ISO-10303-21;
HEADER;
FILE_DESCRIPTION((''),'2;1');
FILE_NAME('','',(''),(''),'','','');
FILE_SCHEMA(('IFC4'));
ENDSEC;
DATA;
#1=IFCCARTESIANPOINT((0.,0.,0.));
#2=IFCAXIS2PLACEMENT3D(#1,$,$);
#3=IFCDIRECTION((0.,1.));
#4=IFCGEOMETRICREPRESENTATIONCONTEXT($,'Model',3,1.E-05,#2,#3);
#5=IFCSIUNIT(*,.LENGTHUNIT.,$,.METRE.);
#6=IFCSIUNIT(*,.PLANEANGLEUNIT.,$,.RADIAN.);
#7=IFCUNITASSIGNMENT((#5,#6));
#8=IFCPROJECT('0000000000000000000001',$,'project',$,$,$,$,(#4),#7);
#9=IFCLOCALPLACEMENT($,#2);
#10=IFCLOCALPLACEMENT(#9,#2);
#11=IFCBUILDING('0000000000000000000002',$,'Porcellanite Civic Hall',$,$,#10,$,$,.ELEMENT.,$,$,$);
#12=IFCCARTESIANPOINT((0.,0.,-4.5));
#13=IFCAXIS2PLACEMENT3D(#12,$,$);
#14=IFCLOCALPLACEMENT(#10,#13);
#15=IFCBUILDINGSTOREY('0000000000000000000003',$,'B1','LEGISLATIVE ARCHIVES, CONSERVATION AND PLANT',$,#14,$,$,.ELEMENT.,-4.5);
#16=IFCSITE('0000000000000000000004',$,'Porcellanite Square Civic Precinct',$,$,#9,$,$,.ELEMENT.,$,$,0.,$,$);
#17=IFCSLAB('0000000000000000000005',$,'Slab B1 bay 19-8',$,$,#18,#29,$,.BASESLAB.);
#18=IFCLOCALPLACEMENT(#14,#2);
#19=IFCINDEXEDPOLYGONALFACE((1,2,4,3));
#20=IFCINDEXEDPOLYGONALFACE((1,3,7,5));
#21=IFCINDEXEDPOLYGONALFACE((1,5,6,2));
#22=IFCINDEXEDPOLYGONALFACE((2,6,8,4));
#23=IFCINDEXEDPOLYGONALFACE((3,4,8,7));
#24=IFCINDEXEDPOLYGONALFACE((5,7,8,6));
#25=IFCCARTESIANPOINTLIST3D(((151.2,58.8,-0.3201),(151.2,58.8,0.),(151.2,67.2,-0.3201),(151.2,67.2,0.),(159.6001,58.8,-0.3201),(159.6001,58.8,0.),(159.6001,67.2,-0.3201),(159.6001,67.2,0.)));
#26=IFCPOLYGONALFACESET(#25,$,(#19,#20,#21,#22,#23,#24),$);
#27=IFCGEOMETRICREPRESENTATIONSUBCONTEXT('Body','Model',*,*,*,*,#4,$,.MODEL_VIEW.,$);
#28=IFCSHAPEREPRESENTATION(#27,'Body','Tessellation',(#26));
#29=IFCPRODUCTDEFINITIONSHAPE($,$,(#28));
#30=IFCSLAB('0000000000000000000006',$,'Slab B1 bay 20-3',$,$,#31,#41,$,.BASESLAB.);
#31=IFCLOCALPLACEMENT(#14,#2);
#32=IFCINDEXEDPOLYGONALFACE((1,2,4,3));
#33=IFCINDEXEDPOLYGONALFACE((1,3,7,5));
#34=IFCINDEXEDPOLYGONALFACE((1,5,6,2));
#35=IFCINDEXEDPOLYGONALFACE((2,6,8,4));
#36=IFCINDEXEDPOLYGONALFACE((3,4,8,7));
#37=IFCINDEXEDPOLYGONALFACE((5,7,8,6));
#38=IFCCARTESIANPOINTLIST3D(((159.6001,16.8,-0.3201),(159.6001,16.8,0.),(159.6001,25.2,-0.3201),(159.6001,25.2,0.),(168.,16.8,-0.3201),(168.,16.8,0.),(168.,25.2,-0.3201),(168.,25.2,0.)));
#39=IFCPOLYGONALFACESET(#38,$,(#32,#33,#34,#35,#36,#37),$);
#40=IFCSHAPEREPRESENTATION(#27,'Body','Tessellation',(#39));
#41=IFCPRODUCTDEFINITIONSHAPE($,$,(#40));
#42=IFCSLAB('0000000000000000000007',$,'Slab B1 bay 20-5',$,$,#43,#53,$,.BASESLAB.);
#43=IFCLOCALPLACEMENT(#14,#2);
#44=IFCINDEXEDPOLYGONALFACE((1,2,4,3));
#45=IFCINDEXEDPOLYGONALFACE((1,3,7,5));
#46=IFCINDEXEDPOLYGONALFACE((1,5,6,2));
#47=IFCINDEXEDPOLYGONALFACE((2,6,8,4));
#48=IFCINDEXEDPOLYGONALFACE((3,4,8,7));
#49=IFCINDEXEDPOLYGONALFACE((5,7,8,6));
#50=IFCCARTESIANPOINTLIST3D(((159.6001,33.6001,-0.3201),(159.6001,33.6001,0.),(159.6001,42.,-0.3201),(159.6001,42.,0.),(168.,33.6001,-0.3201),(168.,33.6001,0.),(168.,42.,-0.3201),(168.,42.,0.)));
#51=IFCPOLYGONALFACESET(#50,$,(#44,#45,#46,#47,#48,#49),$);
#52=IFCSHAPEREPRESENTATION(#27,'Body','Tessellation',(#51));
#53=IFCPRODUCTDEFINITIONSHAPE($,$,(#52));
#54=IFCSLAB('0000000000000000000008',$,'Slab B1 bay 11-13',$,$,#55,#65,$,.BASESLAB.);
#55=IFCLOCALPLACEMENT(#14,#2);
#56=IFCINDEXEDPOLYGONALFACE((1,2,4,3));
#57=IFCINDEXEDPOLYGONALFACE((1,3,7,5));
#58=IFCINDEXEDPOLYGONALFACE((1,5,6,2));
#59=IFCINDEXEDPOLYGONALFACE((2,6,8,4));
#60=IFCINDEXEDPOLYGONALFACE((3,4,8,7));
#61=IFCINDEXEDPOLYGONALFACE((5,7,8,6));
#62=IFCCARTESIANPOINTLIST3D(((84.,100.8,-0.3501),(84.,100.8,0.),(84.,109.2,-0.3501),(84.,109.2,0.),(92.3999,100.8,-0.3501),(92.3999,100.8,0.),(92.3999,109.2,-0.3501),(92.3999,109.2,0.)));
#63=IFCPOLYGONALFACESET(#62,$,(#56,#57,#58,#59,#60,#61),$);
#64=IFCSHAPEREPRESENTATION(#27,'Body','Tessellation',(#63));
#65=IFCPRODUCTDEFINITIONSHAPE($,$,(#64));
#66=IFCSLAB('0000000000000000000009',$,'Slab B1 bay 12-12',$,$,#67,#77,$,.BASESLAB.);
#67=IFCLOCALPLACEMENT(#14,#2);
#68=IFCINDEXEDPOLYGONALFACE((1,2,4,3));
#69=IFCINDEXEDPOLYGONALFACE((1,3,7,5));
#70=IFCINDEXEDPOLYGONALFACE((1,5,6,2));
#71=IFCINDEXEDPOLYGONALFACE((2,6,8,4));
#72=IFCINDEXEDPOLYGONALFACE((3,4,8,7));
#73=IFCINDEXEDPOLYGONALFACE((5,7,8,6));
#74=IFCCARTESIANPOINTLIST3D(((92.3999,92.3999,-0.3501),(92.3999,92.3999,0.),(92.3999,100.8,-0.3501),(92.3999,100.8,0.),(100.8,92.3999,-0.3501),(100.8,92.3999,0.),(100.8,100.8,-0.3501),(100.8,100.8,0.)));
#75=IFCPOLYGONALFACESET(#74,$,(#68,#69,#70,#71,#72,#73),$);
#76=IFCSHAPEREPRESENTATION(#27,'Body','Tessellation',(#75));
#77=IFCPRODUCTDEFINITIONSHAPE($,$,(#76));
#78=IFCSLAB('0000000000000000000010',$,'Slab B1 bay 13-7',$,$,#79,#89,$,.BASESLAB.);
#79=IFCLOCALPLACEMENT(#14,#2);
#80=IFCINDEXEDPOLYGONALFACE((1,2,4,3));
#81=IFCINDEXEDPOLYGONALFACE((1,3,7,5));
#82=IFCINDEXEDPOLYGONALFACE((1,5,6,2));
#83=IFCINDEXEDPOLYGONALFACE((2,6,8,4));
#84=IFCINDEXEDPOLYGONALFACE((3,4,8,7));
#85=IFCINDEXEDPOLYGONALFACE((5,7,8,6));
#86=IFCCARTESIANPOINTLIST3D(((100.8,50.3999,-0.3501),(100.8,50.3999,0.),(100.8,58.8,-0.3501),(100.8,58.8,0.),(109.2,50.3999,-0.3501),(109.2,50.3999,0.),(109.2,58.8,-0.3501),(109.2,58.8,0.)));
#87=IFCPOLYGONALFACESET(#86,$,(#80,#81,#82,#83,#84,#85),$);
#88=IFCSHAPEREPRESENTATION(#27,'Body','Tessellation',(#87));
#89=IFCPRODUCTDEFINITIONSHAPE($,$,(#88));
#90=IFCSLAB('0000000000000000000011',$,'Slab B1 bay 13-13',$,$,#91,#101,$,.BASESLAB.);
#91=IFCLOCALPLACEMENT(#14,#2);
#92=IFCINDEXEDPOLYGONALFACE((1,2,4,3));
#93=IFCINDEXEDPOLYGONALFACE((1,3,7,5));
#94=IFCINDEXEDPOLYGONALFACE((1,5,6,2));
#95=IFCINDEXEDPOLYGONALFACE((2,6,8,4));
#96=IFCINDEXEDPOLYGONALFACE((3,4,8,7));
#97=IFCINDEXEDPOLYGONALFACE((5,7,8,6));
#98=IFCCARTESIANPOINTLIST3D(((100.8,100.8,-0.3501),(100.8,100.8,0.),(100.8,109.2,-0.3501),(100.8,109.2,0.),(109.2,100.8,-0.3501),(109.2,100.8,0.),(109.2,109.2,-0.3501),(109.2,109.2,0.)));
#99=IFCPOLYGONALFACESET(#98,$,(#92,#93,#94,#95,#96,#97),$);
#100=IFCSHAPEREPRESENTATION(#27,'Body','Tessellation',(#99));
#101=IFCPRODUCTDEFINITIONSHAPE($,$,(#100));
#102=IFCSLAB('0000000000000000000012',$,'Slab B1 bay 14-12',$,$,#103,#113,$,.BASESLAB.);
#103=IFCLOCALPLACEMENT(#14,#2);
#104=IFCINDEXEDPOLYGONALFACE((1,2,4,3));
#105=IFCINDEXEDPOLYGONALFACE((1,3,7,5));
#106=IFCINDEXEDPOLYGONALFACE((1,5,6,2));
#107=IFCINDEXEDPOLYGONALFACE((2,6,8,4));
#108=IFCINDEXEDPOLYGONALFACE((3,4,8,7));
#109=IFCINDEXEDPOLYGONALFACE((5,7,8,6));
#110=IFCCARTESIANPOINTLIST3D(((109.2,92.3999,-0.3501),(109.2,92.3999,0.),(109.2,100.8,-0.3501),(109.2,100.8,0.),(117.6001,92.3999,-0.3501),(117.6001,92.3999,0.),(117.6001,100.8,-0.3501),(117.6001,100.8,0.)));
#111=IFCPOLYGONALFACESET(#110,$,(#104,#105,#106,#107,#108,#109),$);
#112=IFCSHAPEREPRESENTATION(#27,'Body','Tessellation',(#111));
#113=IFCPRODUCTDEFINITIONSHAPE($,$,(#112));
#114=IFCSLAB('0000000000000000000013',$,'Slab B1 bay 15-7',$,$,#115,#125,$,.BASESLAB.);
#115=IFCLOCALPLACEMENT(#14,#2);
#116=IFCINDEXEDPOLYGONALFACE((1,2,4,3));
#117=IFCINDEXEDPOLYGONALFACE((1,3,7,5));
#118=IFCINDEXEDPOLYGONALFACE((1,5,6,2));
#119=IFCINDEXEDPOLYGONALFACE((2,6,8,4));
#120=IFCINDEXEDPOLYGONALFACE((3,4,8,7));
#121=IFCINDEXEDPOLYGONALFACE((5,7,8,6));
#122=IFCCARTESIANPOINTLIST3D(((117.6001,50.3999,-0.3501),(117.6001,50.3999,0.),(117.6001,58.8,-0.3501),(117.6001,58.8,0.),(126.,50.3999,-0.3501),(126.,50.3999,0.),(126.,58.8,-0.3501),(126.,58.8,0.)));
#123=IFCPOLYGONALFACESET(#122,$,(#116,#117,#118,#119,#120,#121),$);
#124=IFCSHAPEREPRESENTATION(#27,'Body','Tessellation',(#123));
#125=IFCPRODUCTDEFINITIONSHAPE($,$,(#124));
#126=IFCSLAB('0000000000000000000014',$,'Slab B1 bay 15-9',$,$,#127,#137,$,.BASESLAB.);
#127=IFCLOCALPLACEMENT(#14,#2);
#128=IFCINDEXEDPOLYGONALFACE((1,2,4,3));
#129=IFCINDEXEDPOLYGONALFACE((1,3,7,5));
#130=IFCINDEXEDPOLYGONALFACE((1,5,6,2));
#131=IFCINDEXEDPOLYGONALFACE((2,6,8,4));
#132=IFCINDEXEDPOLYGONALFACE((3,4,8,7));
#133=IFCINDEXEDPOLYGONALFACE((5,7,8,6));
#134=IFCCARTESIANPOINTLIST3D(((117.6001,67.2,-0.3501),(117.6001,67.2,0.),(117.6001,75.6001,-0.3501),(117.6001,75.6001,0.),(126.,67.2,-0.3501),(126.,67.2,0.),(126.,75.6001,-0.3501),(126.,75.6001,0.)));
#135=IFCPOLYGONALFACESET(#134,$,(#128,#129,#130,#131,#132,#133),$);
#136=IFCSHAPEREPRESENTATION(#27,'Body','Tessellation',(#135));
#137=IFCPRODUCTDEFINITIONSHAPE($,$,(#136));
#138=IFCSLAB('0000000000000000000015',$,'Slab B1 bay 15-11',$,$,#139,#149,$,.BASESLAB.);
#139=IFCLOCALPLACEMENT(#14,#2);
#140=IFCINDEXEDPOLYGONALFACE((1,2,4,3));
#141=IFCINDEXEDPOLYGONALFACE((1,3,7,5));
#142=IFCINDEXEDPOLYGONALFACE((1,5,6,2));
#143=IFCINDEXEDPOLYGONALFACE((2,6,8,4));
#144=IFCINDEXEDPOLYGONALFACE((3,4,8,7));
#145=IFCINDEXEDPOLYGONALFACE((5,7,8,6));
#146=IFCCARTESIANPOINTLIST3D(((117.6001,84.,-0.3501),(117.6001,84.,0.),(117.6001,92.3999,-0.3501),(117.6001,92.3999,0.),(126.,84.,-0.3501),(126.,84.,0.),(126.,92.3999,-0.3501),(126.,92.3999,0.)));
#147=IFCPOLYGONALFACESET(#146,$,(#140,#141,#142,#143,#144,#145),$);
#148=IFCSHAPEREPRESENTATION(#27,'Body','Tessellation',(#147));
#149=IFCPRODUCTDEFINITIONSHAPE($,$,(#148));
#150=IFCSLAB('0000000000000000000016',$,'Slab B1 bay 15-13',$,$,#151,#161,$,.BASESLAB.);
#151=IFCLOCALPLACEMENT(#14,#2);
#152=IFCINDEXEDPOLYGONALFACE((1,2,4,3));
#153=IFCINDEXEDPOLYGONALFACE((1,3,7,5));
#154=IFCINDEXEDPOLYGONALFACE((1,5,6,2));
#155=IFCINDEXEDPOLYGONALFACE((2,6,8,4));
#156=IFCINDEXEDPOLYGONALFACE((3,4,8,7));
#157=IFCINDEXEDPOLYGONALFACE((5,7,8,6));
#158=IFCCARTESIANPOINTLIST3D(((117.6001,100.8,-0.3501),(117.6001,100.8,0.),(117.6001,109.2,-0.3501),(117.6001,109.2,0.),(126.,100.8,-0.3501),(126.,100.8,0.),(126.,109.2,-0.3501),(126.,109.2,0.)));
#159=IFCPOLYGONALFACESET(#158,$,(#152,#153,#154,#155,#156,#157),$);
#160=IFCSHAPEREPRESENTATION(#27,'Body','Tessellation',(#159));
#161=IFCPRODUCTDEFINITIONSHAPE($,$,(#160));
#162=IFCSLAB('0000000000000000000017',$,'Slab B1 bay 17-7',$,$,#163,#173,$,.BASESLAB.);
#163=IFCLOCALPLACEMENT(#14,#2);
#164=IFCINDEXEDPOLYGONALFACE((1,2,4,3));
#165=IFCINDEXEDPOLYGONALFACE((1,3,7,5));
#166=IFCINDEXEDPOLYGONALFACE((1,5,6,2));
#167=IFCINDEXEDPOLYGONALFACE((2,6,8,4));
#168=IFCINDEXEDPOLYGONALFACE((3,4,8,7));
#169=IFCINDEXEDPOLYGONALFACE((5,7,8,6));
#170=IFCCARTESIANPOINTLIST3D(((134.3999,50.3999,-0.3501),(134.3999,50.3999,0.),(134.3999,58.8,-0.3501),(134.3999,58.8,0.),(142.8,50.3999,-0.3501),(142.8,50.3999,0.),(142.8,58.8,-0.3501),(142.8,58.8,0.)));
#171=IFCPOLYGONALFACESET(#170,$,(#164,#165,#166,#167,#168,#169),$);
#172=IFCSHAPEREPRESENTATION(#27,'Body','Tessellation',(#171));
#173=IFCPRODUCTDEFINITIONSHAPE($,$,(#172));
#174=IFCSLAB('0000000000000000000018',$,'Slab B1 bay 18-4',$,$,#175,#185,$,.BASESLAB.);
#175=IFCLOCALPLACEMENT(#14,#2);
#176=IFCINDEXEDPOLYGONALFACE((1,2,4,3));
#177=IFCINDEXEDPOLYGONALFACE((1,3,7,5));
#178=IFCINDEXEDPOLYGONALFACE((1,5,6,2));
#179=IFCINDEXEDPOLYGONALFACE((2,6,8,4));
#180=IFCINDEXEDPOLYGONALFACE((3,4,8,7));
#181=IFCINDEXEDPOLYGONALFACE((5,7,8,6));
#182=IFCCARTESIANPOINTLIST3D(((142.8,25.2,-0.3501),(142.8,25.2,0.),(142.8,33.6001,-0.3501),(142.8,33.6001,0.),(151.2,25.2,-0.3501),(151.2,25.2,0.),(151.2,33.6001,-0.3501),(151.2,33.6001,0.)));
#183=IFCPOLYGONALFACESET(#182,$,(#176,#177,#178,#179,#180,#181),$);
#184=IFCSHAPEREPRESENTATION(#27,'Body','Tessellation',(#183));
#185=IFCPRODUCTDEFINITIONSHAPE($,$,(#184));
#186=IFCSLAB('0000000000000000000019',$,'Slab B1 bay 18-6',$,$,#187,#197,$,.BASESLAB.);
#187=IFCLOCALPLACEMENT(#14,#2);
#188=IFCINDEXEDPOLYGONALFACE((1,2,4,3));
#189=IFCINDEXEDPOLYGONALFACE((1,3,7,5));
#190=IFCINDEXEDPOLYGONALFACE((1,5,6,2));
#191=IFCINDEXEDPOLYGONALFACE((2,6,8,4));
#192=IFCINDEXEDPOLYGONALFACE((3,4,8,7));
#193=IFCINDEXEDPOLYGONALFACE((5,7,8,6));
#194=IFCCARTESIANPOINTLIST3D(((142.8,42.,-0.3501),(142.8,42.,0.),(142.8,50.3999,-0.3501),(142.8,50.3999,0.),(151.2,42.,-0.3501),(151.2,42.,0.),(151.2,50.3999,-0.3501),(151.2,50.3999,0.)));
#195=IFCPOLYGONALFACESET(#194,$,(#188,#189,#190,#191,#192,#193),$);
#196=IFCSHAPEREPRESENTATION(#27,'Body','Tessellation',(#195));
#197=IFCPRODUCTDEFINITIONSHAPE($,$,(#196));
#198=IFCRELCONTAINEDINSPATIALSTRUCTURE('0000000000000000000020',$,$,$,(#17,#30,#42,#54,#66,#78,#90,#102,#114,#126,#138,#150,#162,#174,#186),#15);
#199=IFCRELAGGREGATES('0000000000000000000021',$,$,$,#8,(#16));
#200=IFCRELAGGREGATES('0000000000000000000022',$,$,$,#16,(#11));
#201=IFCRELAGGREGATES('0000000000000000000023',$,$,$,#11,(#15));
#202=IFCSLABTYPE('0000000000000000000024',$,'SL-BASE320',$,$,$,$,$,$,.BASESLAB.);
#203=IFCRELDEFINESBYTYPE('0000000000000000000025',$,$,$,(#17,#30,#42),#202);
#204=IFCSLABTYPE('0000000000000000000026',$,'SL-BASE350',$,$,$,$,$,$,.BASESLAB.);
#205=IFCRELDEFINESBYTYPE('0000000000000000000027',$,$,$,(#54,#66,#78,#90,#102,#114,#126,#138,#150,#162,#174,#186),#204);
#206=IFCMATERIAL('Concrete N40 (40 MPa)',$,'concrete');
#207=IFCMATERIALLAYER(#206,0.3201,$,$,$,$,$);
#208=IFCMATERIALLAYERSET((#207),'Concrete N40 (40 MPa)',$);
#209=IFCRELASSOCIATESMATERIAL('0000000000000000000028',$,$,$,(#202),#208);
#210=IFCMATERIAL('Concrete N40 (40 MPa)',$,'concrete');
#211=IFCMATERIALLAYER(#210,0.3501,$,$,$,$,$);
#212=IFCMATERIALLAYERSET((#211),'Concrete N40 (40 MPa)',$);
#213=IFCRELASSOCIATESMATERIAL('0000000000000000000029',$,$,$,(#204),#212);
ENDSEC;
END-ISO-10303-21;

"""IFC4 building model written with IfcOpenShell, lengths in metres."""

from ifc_helpers import new_model, si_unit, direction, frame, origin, place, context, subcontext, project, spatial, polyline, outline, extrude, material, layer, layer_set, type_object, element, save


model = new_model("IFC4")

# Units and contexts
model_context = context("Model", 3, precision=1e-05, world=origin(), true_north=direction((0.0, 1.0)))
body_context = subcontext(model_context, "Body", "Model", "MODEL_VIEW")
ifc_project = project(units=[si_unit("LENGTHUNIT", "METRE"), si_unit("PLANEANGLEUNIT", "RADIAN")], contexts=[model_context])

# Site, building, storey
site_placement = place(None, origin())
site = spatial("IfcSite", under=ifc_project, at=site_placement, Name="Porcellanite Square Civic Precinct", CompositionType="ELEMENT", RefElevation=0.0)
building_placement = place(site_placement, origin())
building = spatial("IfcBuilding", under=site, at=building_placement, Name="Porcellanite Civic Hall", CompositionType="ELEMENT")
storey_placement = place(building_placement, frame((0.0, 0.0, -4.5)))
storey = spatial("IfcBuildingStorey", under=building, at=storey_placement, Name="B1", Description="LEGISLATIVE ARCHIVES, CONSERVATION AND PLANT", CompositionType="ELEMENT", Elevation=-4.5)

# Slabs
ifc_material_1 = material(Name="Concrete N40 (40 MPa)", Category="concrete")
ifc_layer_1 = layer(ifc_material_1, 0.3201)
ifc_layer_set_1 = layer_set([ifc_layer_1], Name="Concrete N40 (40 MPa)")
slab_type_1 = type_object("IfcSlabType", Name="SL-BASE320", PredefinedType="BASESLAB", material=ifc_layer_set_1)
slab_1_placement = place(storey_placement, frame((0.0, 0.0, -0.3201)))
element("IfcSlab", 1, at=slab_1_placement, inside=storey, type_object=slab_type_1, Name="Slab B1 bay 19-8", PredefinedType="BASESLAB", context=body_context, shape_type="SweptSolid", body=[
    extrude(outline(polyline([(151.2, 58.8), (159.6001, 58.8), (159.6001, 67.2), (151.2, 67.2), (151.2, 58.8)])), origin(), (0.0, 0.0, 1.0), 0.3201),
])
slab_2_placement = place(storey_placement, frame((0.0, 0.0, -0.3201)))
element("IfcSlab", 2, at=slab_2_placement, inside=storey, type_object=slab_type_1, Name="Slab B1 bay 20-3", PredefinedType="BASESLAB", context=body_context, shape_type="SweptSolid", body=[
    extrude(outline(polyline([(159.6001, 16.8), (168.0, 16.8), (168.0, 25.2), (159.6001, 25.2), (159.6001, 16.8)])), origin(), (0.0, 0.0, 1.0), 0.3201),
])
slab_3_placement = place(storey_placement, frame((0.0, 0.0, -0.3201)))
element("IfcSlab", 3, at=slab_3_placement, inside=storey, type_object=slab_type_1, Name="Slab B1 bay 20-5", PredefinedType="BASESLAB", context=body_context, shape_type="SweptSolid", body=[
    extrude(outline(polyline([(159.6001, 33.6001), (168.0, 33.6001), (168.0, 42.0), (159.6001, 42.0), (159.6001, 33.6001)])), origin(), (0.0, 0.0, 1.0), 0.3201),
])
ifc_material_2 = material(Name="Concrete N40 (40 MPa)", Category="concrete")
ifc_layer_2 = layer(ifc_material_2, 0.3501)
ifc_layer_set_2 = layer_set([ifc_layer_2], Name="Concrete N40 (40 MPa)")
slab_type_2 = type_object("IfcSlabType", Name="SL-BASE350", PredefinedType="BASESLAB", material=ifc_layer_set_2)
slab_4_placement = place(storey_placement, frame((0.0, 0.0, -0.3501)))
element("IfcSlab", 4, at=slab_4_placement, inside=storey, type_object=slab_type_2, Name="Slab B1 bay 11-13", PredefinedType="BASESLAB", context=body_context, shape_type="SweptSolid", body=[
    extrude(outline(polyline([(84.0, 100.8), (92.3999, 100.8), (92.3999, 109.2), (84.0, 109.2), (84.0, 100.8)])), origin(), (0.0, 0.0, 1.0), 0.3501),
])
slab_5_placement = place(storey_placement, frame((0.0, 0.0, -0.3501)))
element("IfcSlab", 5, at=slab_5_placement, inside=storey, type_object=slab_type_2, Name="Slab B1 bay 12-12", PredefinedType="BASESLAB", context=body_context, shape_type="SweptSolid", body=[
    extrude(outline(polyline([(92.3999, 92.3999), (100.8, 92.3999), (100.8, 100.8), (92.3999, 100.8), (92.3999, 92.3999)])), origin(), (0.0, 0.0, 1.0), 0.3501),
])
slab_6_placement = place(storey_placement, frame((0.0, 0.0, -0.3501)))
element("IfcSlab", 6, at=slab_6_placement, inside=storey, type_object=slab_type_2, Name="Slab B1 bay 13-7", PredefinedType="BASESLAB", context=body_context, shape_type="SweptSolid", body=[
    extrude(outline(polyline([(100.8, 50.3999), (109.2, 50.3999), (109.2, 58.8), (100.8, 58.8), (100.8, 50.3999)])), origin(), (0.0, 0.0, 1.0), 0.3501),
])
slab_7_placement = place(storey_placement, frame((0.0, 0.0, -0.3501)))
element("IfcSlab", 7, at=slab_7_placement, inside=storey, type_object=slab_type_2, Name="Slab B1 bay 13-13", PredefinedType="BASESLAB", context=body_context, shape_type="SweptSolid", body=[
    extrude(outline(polyline([(100.8, 100.8), (109.2, 100.8), (109.2, 109.2), (100.8, 109.2), (100.8, 100.8)])), origin(), (0.0, 0.0, 1.0), 0.3501),
])
slab_8_placement = place(storey_placement, frame((0.0, 0.0, -0.3501)))
element("IfcSlab", 8, at=slab_8_placement, inside=storey, type_object=slab_type_2, Name="Slab B1 bay 14-12", PredefinedType="BASESLAB", context=body_context, shape_type="SweptSolid", body=[
    extrude(outline(polyline([(109.2, 92.3999), (117.6001, 92.3999), (117.6001, 100.8), (109.2, 100.8), (109.2, 92.3999)])), origin(), (0.0, 0.0, 1.0), 0.3501),
])
slab_9_placement = place(storey_placement, frame((0.0, 0.0, -0.3501)))
element("IfcSlab", 9, at=slab_9_placement, inside=storey, type_object=slab_type_2, Name="Slab B1 bay 15-7", PredefinedType="BASESLAB", context=body_context, shape_type="SweptSolid", body=[
    extrude(outline(polyline([(117.6001, 50.3999), (126.0, 50.3999), (126.0, 58.8), (117.6001, 58.8), (117.6001, 50.3999)])), origin(), (0.0, 0.0, 1.0), 0.3501),
])
slab_10_placement = place(storey_placement, frame((0.0, 0.0, -0.3501)))
element("IfcSlab", 10, at=slab_10_placement, inside=storey, type_object=slab_type_2, Name="Slab B1 bay 15-9", PredefinedType="BASESLAB", context=body_context, shape_type="SweptSolid", body=[
    extrude(outline(polyline([(117.6001, 67.2), (126.0, 67.2), (126.0, 75.6001), (117.6001, 75.6001), (117.6001, 67.2)])), origin(), (0.0, 0.0, 1.0), 0.3501),
])
slab_11_placement = place(storey_placement, frame((0.0, 0.0, -0.3501)))
element("IfcSlab", 11, at=slab_11_placement, inside=storey, type_object=slab_type_2, Name="Slab B1 bay 15-11", PredefinedType="BASESLAB", context=body_context, shape_type="SweptSolid", body=[
    extrude(outline(polyline([(117.6001, 84.0), (126.0, 84.0), (126.0, 92.3999), (117.6001, 92.3999), (117.6001, 84.0)])), origin(), (0.0, 0.0, 1.0), 0.3501),
])
slab_12_placement = place(storey_placement, frame((0.0, 0.0, -0.3501)))
element("IfcSlab", 12, at=slab_12_placement, inside=storey, type_object=slab_type_2, Name="Slab B1 bay 15-13", PredefinedType="BASESLAB", context=body_context, shape_type="SweptSolid", body=[
    extrude(outline(polyline([(117.6001, 100.8), (126.0, 100.8), (126.0, 109.2), (117.6001, 109.2), (117.6001, 100.8)])), origin(), (0.0, 0.0, 1.0), 0.3501),
])
slab_13_placement = place(storey_placement, frame((0.0, 0.0, -0.3501)))
element("IfcSlab", 13, at=slab_13_placement, inside=storey, type_object=slab_type_2, Name="Slab B1 bay 17-7", PredefinedType="BASESLAB", context=body_context, shape_type="SweptSolid", body=[
    extrude(outline(polyline([(134.3999, 50.3999), (142.8, 50.3999), (142.8, 58.8), (134.3999, 58.8), (134.3999, 50.3999)])), origin(), (0.0, 0.0, 1.0), 0.3501),
])
slab_14_placement = place(storey_placement, frame((0.0, 0.0, -0.3501)))
element("IfcSlab", 14, at=slab_14_placement, inside=storey, type_object=slab_type_2, Name="Slab B1 bay 18-4", PredefinedType="BASESLAB", context=body_context, shape_type="SweptSolid", body=[
    extrude(outline(polyline([(142.8, 25.2), (151.2, 25.2), (151.2, 33.6001), (142.8, 33.6001), (142.8, 25.2)])), origin(), (0.0, 0.0, 1.0), 0.3501),
])
slab_15_placement = place(storey_placement, frame((0.0, 0.0, -0.3501)))
element("IfcSlab", 15, at=slab_15_placement, inside=storey, type_object=slab_type_2, Name="Slab B1 bay 18-6", PredefinedType="BASESLAB", context=body_context, shape_type="SweptSolid", body=[
    extrude(outline(polyline([(142.8, 42.0), (151.2, 42.0), (151.2, 50.3999), (142.8, 50.3999), (142.8, 42.0)])), origin(), (0.0, 0.0, 1.0), 0.3501),
])

save(model, "model.ifc")
